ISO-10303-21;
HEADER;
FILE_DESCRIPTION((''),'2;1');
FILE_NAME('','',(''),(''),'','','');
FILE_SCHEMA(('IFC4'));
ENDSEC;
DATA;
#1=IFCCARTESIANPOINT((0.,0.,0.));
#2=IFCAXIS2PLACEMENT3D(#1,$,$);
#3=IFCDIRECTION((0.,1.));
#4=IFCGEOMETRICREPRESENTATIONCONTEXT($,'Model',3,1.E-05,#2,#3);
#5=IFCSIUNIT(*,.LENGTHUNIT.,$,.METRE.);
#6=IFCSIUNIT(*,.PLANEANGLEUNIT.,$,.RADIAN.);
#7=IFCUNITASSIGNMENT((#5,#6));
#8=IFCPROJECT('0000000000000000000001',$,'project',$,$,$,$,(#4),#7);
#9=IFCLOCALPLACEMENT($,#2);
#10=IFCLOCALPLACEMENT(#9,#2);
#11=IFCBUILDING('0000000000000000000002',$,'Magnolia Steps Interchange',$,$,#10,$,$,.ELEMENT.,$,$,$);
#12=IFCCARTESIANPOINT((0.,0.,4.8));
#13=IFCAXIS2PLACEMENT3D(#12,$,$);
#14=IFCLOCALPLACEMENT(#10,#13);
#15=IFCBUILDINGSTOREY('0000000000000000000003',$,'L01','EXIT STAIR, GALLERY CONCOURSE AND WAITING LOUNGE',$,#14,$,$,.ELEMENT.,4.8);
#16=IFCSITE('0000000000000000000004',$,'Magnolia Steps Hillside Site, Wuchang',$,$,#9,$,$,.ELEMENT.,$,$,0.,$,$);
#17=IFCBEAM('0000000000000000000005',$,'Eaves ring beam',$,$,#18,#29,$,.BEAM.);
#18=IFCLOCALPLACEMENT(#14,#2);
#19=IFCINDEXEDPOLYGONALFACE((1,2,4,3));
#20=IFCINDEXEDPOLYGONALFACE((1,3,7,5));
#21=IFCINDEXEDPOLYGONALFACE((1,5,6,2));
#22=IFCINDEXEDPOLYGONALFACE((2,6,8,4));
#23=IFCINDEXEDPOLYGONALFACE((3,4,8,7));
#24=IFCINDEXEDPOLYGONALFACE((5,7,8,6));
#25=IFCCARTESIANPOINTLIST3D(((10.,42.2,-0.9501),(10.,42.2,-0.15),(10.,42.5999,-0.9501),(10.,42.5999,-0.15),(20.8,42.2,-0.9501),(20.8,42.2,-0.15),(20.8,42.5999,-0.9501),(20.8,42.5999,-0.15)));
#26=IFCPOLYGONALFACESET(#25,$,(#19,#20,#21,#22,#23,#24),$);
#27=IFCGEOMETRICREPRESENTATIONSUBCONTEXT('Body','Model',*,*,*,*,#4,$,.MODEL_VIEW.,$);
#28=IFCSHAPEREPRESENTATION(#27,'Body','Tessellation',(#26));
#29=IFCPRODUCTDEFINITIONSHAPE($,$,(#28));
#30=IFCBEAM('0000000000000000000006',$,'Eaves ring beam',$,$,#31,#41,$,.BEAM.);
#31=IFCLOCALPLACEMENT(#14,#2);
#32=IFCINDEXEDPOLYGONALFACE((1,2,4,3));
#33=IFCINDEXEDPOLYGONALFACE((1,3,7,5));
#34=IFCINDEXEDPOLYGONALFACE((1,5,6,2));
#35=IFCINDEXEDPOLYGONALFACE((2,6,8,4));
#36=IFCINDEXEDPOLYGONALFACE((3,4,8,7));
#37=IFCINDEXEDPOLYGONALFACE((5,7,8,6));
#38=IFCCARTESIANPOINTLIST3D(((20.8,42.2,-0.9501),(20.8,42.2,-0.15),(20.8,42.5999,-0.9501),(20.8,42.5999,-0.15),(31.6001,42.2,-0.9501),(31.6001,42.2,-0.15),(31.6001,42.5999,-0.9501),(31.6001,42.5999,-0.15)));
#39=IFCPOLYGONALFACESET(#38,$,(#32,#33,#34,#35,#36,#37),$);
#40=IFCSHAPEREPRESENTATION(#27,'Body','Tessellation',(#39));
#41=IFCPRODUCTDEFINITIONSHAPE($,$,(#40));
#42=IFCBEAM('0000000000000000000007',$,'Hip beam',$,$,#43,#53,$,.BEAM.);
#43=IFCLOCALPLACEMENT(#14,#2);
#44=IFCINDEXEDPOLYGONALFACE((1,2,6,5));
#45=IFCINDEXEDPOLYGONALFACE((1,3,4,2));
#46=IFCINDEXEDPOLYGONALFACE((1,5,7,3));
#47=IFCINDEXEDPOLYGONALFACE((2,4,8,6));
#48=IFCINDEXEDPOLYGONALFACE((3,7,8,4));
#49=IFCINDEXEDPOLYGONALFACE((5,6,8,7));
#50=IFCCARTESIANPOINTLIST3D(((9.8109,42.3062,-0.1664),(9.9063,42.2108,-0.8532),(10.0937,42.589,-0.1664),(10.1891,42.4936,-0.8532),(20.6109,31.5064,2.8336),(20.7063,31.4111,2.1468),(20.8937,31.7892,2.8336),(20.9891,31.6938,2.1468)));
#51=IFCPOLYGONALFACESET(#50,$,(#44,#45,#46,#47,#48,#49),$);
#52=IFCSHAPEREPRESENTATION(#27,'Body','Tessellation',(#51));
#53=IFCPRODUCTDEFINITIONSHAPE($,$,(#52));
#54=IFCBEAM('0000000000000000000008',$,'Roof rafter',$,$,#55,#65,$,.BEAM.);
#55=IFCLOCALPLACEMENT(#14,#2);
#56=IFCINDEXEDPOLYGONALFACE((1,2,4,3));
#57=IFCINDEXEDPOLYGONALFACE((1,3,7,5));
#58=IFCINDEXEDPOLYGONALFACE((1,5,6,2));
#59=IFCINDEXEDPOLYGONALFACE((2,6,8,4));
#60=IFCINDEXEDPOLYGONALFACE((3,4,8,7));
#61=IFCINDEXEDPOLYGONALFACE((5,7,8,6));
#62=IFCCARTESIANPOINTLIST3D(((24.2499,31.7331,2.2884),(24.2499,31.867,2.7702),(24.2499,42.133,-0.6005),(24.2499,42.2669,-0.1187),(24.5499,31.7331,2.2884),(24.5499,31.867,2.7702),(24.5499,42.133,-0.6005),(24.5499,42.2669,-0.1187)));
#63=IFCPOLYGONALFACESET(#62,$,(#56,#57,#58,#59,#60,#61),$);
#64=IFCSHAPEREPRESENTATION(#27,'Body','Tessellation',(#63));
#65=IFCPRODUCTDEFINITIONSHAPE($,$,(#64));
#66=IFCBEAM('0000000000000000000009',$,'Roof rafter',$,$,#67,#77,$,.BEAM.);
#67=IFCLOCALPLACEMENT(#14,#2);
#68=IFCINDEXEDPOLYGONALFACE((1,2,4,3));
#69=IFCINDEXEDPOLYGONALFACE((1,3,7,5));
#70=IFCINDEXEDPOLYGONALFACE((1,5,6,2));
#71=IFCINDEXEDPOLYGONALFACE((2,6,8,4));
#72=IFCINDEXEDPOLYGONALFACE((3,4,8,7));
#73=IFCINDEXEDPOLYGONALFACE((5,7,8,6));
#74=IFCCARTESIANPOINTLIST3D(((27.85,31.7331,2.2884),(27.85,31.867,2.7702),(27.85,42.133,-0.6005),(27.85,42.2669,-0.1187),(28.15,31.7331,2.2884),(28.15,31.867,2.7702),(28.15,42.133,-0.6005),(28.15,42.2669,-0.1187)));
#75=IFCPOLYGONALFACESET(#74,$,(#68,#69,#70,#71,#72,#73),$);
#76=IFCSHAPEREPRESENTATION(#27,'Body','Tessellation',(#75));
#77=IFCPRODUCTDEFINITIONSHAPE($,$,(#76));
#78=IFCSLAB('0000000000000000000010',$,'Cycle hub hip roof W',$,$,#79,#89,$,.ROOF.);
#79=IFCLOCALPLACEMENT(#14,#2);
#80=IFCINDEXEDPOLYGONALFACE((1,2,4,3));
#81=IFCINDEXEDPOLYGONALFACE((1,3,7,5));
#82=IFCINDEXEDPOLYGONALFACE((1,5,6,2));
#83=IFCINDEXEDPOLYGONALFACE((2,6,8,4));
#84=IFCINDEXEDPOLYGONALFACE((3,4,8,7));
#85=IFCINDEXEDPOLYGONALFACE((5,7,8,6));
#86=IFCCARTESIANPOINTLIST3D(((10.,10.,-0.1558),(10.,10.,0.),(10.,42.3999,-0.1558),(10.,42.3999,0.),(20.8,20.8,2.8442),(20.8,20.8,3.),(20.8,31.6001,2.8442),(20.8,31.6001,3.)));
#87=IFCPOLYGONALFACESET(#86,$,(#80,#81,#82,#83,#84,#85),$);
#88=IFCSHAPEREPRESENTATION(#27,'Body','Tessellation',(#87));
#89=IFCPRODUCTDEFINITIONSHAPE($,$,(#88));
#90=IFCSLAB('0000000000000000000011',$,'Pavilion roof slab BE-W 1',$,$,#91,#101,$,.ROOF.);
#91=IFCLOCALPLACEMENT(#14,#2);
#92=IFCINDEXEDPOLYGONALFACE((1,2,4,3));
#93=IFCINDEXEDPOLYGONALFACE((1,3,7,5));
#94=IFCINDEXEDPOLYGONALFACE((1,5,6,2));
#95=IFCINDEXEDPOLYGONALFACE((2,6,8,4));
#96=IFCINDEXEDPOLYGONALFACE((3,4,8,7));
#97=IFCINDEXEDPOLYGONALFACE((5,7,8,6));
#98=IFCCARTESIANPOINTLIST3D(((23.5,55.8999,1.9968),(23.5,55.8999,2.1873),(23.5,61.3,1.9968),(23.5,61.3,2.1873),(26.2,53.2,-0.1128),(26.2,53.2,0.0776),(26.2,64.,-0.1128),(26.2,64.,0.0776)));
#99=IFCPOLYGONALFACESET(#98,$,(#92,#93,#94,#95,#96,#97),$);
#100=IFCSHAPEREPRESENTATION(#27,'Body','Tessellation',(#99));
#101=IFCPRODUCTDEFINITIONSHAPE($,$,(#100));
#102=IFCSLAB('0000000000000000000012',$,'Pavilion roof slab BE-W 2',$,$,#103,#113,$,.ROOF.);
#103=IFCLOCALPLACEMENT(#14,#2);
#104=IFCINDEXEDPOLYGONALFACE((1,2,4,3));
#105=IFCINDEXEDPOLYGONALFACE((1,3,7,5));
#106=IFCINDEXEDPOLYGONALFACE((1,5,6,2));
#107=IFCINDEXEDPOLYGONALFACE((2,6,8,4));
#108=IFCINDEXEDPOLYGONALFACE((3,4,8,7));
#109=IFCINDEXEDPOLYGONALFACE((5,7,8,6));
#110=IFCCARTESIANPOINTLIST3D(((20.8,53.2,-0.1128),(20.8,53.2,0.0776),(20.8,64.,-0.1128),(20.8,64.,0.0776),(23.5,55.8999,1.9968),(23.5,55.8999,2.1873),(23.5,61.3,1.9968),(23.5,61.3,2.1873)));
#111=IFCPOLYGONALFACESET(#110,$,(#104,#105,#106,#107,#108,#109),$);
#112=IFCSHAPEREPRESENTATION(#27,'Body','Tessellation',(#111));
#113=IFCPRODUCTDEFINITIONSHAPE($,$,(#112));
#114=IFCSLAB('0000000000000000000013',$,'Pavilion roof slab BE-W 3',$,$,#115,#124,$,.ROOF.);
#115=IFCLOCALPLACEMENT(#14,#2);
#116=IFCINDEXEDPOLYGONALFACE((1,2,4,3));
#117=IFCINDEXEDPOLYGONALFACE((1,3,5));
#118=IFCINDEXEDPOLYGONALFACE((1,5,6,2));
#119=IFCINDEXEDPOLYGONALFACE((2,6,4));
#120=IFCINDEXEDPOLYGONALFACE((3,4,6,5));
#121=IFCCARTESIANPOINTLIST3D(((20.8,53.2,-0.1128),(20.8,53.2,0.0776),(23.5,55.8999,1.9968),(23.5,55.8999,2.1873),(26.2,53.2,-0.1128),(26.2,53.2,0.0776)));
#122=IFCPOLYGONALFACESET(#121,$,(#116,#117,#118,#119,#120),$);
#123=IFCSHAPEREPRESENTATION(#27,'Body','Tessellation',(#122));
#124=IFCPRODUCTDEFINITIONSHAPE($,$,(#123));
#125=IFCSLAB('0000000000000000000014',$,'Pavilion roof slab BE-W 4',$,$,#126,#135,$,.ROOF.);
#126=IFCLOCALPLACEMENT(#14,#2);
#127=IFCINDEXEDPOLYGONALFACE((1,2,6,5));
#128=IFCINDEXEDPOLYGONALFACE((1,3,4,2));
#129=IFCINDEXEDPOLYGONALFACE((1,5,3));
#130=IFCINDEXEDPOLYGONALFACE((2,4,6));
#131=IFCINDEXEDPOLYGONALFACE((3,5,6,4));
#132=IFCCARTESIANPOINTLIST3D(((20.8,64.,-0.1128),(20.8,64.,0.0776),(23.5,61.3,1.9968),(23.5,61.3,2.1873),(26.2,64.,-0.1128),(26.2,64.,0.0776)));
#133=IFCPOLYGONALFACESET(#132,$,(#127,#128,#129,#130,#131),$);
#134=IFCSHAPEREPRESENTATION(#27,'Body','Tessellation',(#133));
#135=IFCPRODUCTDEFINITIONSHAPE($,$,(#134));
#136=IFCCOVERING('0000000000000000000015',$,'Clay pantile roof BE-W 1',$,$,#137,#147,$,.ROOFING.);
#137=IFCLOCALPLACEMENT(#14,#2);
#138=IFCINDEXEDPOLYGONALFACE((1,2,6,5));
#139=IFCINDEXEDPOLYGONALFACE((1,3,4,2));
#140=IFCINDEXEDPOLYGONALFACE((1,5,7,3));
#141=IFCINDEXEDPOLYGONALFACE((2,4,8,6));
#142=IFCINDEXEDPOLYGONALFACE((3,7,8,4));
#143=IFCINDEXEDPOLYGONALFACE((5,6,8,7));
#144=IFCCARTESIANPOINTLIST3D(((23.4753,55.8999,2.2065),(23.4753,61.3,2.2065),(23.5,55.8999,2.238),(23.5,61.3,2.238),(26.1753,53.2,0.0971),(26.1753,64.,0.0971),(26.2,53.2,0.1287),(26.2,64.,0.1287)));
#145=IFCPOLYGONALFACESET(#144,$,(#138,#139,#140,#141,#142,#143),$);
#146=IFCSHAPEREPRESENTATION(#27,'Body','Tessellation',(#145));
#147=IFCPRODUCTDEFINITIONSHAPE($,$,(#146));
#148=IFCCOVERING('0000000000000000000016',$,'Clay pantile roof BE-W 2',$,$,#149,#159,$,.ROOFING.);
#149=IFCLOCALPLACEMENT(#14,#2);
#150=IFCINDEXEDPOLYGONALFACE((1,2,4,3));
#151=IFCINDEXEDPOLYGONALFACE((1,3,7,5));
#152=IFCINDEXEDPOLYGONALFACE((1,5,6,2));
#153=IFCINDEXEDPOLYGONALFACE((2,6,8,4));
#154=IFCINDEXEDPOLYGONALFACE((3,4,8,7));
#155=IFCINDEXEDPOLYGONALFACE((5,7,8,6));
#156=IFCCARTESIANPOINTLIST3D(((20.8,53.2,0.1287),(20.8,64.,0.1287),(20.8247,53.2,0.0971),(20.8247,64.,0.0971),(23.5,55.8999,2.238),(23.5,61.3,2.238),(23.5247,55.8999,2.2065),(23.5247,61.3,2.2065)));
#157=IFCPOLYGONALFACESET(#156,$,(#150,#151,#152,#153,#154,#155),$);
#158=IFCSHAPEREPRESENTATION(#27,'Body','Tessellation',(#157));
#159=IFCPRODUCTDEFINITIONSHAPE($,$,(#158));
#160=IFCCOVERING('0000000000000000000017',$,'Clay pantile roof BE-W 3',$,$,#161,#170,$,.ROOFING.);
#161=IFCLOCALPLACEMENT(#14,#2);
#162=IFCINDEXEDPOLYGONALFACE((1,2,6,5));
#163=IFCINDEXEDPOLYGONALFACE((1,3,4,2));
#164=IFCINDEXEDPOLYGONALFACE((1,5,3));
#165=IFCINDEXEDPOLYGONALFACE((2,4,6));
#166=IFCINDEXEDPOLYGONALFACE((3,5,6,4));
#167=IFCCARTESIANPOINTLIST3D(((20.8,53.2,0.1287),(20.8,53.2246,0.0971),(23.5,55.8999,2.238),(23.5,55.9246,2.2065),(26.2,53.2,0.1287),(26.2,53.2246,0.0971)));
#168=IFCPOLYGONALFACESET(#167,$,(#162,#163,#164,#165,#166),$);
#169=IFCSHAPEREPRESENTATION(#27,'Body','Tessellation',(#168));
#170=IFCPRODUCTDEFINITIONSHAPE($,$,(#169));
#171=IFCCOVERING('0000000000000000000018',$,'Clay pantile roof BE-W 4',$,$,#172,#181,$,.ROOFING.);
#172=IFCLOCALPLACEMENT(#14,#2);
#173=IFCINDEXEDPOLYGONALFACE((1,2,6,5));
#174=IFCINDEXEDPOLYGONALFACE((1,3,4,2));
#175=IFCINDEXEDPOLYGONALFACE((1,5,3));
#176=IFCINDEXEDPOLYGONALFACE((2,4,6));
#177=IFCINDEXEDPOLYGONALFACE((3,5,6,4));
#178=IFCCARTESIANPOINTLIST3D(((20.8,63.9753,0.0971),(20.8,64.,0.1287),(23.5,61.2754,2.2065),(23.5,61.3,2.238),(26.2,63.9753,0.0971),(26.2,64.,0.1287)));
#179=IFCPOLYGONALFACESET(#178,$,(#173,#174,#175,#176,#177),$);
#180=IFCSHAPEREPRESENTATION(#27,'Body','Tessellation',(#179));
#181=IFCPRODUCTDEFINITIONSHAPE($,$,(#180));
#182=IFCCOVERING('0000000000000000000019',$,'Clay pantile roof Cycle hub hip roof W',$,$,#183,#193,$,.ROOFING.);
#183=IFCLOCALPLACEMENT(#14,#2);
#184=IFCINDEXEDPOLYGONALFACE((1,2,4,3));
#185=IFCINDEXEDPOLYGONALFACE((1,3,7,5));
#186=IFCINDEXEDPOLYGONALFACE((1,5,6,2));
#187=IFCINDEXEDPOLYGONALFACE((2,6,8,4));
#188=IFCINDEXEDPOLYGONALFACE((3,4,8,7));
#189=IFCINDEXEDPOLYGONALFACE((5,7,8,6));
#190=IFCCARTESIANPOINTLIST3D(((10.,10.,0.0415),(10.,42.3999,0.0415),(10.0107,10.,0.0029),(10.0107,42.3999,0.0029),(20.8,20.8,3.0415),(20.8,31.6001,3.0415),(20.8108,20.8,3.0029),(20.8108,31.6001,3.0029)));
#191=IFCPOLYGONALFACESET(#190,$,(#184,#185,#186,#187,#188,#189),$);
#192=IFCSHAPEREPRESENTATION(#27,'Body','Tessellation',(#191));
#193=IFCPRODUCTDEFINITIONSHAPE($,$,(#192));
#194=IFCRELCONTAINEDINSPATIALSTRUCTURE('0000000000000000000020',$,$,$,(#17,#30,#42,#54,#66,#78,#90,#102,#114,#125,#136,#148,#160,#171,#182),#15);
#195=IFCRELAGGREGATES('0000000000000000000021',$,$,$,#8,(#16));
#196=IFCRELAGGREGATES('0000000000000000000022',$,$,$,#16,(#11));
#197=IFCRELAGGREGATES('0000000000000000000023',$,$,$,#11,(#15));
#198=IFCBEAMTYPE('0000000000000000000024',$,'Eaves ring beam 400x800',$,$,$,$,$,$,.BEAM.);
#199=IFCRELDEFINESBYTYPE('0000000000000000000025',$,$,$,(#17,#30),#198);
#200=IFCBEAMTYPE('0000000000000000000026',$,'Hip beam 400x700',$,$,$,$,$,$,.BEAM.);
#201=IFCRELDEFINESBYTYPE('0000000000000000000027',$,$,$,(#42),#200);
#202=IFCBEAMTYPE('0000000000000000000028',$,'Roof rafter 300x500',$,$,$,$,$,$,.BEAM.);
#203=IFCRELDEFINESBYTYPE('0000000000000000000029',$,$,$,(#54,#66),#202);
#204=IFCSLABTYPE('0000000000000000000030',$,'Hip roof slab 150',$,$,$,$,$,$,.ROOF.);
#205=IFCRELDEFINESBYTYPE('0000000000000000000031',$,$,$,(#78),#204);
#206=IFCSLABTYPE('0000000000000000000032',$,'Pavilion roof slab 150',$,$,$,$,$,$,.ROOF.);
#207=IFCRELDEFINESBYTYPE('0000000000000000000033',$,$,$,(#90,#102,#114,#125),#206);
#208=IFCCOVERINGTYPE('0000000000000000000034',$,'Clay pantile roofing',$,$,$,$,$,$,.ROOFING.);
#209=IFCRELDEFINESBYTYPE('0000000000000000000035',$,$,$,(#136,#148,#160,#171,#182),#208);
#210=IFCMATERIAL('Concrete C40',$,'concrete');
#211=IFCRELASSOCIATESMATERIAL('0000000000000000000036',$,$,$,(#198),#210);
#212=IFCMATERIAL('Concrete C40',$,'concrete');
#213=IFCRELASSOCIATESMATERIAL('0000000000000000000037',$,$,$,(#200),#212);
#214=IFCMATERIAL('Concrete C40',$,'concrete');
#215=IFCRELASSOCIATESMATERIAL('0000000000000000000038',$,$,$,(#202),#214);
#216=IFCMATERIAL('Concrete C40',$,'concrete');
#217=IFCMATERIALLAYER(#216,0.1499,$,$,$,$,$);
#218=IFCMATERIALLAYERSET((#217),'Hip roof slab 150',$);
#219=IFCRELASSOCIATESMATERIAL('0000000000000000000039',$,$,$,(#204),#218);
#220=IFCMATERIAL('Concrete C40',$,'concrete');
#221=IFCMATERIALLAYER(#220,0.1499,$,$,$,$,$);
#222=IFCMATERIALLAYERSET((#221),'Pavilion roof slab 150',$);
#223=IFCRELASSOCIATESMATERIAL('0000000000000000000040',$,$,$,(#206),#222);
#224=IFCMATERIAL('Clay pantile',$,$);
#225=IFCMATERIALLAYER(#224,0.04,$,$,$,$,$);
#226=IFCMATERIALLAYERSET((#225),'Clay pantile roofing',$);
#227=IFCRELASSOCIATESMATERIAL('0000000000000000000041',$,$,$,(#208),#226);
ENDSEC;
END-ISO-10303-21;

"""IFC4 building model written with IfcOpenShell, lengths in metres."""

from ifc_helpers import new_model, si_unit, direction, frame, origin, origin_2d, place, context, subcontext, project, spatial, polyline, rectangle, outline, extrude, material, layer, layer_set, material_profile, profile_set, type_object, element, save


model = new_model("IFC4")

# Units and contexts
model_context = context("Model", 3, precision=1e-05, world=origin(), true_north=direction((0.0, 1.0)))
body_context = subcontext(model_context, "Body", "Model", "MODEL_VIEW")
ifc_project = project(units=[si_unit("LENGTHUNIT", "METRE"), si_unit("PLANEANGLEUNIT", "RADIAN")], contexts=[model_context])

# Site, building, storey
site_placement = place(None, origin())
site = spatial("IfcSite", under=ifc_project, at=site_placement, Name="Magnolia Steps Hillside Site, Wuchang", CompositionType="ELEMENT", RefElevation=0.0)
building_placement = place(site_placement, origin())
building = spatial("IfcBuilding", under=site, at=building_placement, Name="Magnolia Steps Interchange", CompositionType="ELEMENT")
storey_placement = place(building_placement, frame((0.0, 0.0, 4.8)))
storey = spatial("IfcBuildingStorey", under=building, at=storey_placement, Name="L01", Description="EXIT STAIR, GALLERY CONCOURSE AND WAITING LOUNGE", CompositionType="ELEMENT", Elevation=4.8)

# Beams
ifc_material_1 = material(Name="Concrete C40", Category="concrete")
ifc_material_profile_1 = material_profile(ifc_material_1, rectangle(XDim=0.3999, YDim=0.8, at=origin_2d()), Name="RC400x800")
ifc_profile_set_1 = profile_set([ifc_material_profile_1], Name="Concrete C40")
beam_type_1 = type_object("IfcBeamType", Name="Eaves ring beam 400x800", PredefinedType="BEAM", material=ifc_profile_set_1)
for number, where, z_axis, x_axis, name in (
    (1, (10.0, 42.3999, -0.55), (1.0, 0.0, 0.0), (0.0, 1.0, 0.0), "Eaves ring beam"),
    (2, (20.8, 42.3999, -0.55), (1.0, 0.0, 0.0), (0.0, 1.0, 0.0), "Eaves ring beam"),
):
    element("IfcBeam", number, at=place(storey_placement, frame(where, z_axis=z_axis, x_axis=x_axis)), inside=storey, type_object=beam_type_1, Name=name, PredefinedType="BEAM", context=body_context, shape_type="SweptSolid", body=[
        extrude(rectangle(XDim=0.3999, YDim=0.8, at=origin_2d()), origin(), (0.0, 0.0, 1.0), 10.8),
    ])
ifc_material_2 = material(Name="Concrete C40", Category="concrete")
ifc_material_profile_2 = material_profile(ifc_material_2, rectangle(XDim=0.3999, YDim=0.7, at=origin_2d()), Name="RC400x700")
ifc_profile_set_2 = profile_set([ifc_material_profile_2], Name="Concrete C40")
beam_type_2 = type_object("IfcBeamType", Name="Hip beam 400x700", PredefinedType="BEAM", material=ifc_profile_set_2)
beam_placement = place(storey_placement, frame((10.0, 42.3999, -0.5098), z_axis=(0.693857, -0.693841, 0.192737), x_axis=(0.707099, 0.707115, 0.0)))
element("IfcBeam", 3, at=beam_placement, inside=storey, type_object=beam_type_2, Name="Hip beam", PredefinedType="BEAM", context=body_context, shape_type="SweptSolid", body=[
    extrude(rectangle(XDim=0.3999, YDim=0.7, at=origin_2d()), origin(), (0.0, 0.0, 1.0), 15.5652),
])
ifc_material_3 = material(Name="Concrete C40", Category="concrete")
ifc_material_profile_3 = material_profile(ifc_material_3, rectangle(XDim=0.3, YDim=0.5, at=origin_2d()), Name="RC300x500")
ifc_profile_set_3 = profile_set([ifc_material_profile_3], Name="Concrete C40")
beam_type_3 = type_object("IfcBeamType", Name="Roof rafter 300x500", PredefinedType="BEAM", material=ifc_profile_set_3)
for number, where, z_axis, x_axis, name in (
    (4, (24.3999, 42.2, -0.3596), (0.0, -0.963517, 0.267649), (1.0, 0.0, 0.0), "Roof rafter"),
    (5, (28.0, 42.2, -0.3596), (0.0, -0.963517, 0.267649), (1.0, 0.0, 0.0), "Roof rafter"),
):
    element("IfcBeam", number, at=place(storey_placement, frame(where, z_axis=z_axis, x_axis=x_axis)), inside=storey, type_object=beam_type_3, Name=name, PredefinedType="BEAM", context=body_context, shape_type="SweptSolid", body=[
        extrude(rectangle(XDim=0.3, YDim=0.5, at=origin_2d()), origin(), (0.0, 0.0, 1.0), 10.7937),
    ])

# Slabs
ifc_material_4 = material(Name="Concrete C40", Category="concrete")
ifc_layer_1 = layer(ifc_material_4, 0.1499)
ifc_layer_set_1 = layer_set([ifc_layer_1], Name="Hip roof slab 150")
slab_type_1 = type_object("IfcSlabType", Name="Hip roof slab 150", PredefinedType="ROOF", material=ifc_layer_set_1)
slab_placement = place(storey_placement, frame((10.0, 42.3999, 0.0), z_axis=(-0.267643, 0.0, 0.963518), x_axis=(0.0, -1.0, 0.0)))
element("IfcSlab", 6, at=slab_placement, inside=storey, type_object=slab_type_1, Name="Cycle hub hip roof W", PredefinedType="ROOF", context=body_context, shape_type="SweptSolid", body=[
    extrude(outline(polyline([(0.0, 0.0), (32.3999, 0.0), (21.5999, 11.209), (10.7998, 11.209), (0.0, 0.0)])), origin(), (0.0, -0.267643, -0.963518), 0.1558),
])
ifc_material_5 = material(Name="Concrete C40", Category="concrete")
ifc_layer_2 = layer(ifc_material_5, 0.1499)
ifc_layer_set_2 = layer_set([ifc_layer_2], Name="Pavilion roof slab 150")
slab_type_2 = type_object("IfcSlabType", Name="Pavilion roof slab 150", PredefinedType="ROOF", material=ifc_layer_set_2)
for number, where, z_axis, x_axis, name in (
    (7, (26.2, 53.2, 0.0776), (0.615695, 0.0, 0.787984), (0.0, 1.0, 0.0), "Pavilion roof slab BE-W 1"),
    (8, (20.8, 64.0, 0.0776), (-0.615695, 0.0, 0.787984), (0.0, -1.0, 0.0), "Pavilion roof slab BE-W 2"),
):
    element("IfcSlab", number, at=place(storey_placement, frame(where, z_axis=z_axis, x_axis=x_axis)), inside=storey, type_object=slab_type_2, Name=name, PredefinedType="ROOF", context=body_context, shape_type="SweptSolid", body=[
        extrude(outline(polyline([(0.0, 0.0), (10.8, 0.0), (8.1001, 3.4264), (2.7, 3.4264), (0.0, 0.0)])), origin(), (0.0, -0.615695, -0.787984), 0.1904),
    ])
for number, where, z_axis, x_axis, name in (
    (9, (20.8, 53.2, 0.0776), (0.0, -0.615695, 0.787984), (1.0, 0.0, 0.0), "Pavilion roof slab BE-W 3"),
    (10, (26.2, 64.0, 0.0776), (0.0, 0.615695, 0.787984), (-1.0, 0.0, 0.0), "Pavilion roof slab BE-W 4"),
):
    element("IfcSlab", number, at=place(storey_placement, frame(where, z_axis=z_axis, x_axis=x_axis)), inside=storey, type_object=slab_type_2, Name=name, PredefinedType="ROOF", context=body_context, shape_type="SweptSolid", body=[
        extrude(outline(polyline([(0.0, 0.0), (5.3999, 0.0), (2.7, 3.4264), (0.0, 0.0)])), origin(), (0.0, -0.615695, -0.787984), 0.1904),
    ])

# Coverings
ifc_material_6 = material(Name="Clay pantile")
ifc_layer_3 = layer(ifc_material_6, 0.04)
ifc_layer_set_3 = layer_set([ifc_layer_3], Name="Clay pantile roofing")
covering_type = type_object("IfcCoveringType", Name="Clay pantile roofing", PredefinedType="ROOFING", material=ifc_layer_set_3)
for number, where, z_axis, x_axis, name in (
    (11, (26.2, 53.2, 0.1287), (0.615651, 0.0, 0.788019), (0.0, 1.0, 0.0), "Clay pantile roof BE-W 1"),
    (12, (20.8, 64.0, 0.1287), (-0.615651, 0.0, 0.788019), (0.0, -1.0, 0.0), "Clay pantile roof BE-W 2"),
):
    element("IfcCovering", number, at=place(storey_placement, frame(where, z_axis=z_axis, x_axis=x_axis)), inside=storey, type_object=covering_type, Name=name, PredefinedType="ROOFING", context=body_context, shape_type="SweptSolid", body=[
        extrude(outline(polyline([(0.0, 0.0), (10.8, 0.0), (8.1001, 3.4263), (2.7, 3.4263), (0.0, 0.0)])), origin(), (0.0, 0.0, -1.0), 0.04),
    ])
for number, where, z_axis, x_axis, name in (
    (13, (20.8, 53.2, 0.1287), (0.0, -0.615651, 0.788019), (1.0, 0.0, 0.0), "Clay pantile roof BE-W 3"),
    (14, (26.2, 64.0, 0.1287), (0.0, 0.615651, 0.788019), (-1.0, 0.0, 0.0), "Clay pantile roof BE-W 4"),
):
    element("IfcCovering", number, at=place(storey_placement, frame(where, z_axis=z_axis, x_axis=x_axis)), inside=storey, type_object=covering_type, Name=name, PredefinedType="ROOFING", context=body_context, shape_type="SweptSolid", body=[
        extrude(outline(polyline([(0.0, 0.0), (5.3999, 0.0), (2.7, 3.4263), (0.0, 0.0)])), origin(), (0.0, 0.0, -1.0), 0.04),
    ])
covering_1_placement = place(storey_placement, frame((10.0, 42.3999, 0.0415), z_axis=(-0.267643, 0.0, 0.963518), x_axis=(0.0, -1.0, 0.0)))
element("IfcCovering", 15, at=covering_1_placement, inside=storey, type_object=covering_type, Name="Clay pantile roof Cycle hub hip roof W", PredefinedType="ROOFING", context=body_context, shape_type="SweptSolid", body=[
    extrude(outline(polyline([(0.0, 0.0), (32.3999, 0.0), (21.5999, 11.209), (10.7998, 11.209), (0.0, 0.0)])), origin(), (0.0, 0.0, -1.0), 0.04),
])

save(model, "model.ifc")
